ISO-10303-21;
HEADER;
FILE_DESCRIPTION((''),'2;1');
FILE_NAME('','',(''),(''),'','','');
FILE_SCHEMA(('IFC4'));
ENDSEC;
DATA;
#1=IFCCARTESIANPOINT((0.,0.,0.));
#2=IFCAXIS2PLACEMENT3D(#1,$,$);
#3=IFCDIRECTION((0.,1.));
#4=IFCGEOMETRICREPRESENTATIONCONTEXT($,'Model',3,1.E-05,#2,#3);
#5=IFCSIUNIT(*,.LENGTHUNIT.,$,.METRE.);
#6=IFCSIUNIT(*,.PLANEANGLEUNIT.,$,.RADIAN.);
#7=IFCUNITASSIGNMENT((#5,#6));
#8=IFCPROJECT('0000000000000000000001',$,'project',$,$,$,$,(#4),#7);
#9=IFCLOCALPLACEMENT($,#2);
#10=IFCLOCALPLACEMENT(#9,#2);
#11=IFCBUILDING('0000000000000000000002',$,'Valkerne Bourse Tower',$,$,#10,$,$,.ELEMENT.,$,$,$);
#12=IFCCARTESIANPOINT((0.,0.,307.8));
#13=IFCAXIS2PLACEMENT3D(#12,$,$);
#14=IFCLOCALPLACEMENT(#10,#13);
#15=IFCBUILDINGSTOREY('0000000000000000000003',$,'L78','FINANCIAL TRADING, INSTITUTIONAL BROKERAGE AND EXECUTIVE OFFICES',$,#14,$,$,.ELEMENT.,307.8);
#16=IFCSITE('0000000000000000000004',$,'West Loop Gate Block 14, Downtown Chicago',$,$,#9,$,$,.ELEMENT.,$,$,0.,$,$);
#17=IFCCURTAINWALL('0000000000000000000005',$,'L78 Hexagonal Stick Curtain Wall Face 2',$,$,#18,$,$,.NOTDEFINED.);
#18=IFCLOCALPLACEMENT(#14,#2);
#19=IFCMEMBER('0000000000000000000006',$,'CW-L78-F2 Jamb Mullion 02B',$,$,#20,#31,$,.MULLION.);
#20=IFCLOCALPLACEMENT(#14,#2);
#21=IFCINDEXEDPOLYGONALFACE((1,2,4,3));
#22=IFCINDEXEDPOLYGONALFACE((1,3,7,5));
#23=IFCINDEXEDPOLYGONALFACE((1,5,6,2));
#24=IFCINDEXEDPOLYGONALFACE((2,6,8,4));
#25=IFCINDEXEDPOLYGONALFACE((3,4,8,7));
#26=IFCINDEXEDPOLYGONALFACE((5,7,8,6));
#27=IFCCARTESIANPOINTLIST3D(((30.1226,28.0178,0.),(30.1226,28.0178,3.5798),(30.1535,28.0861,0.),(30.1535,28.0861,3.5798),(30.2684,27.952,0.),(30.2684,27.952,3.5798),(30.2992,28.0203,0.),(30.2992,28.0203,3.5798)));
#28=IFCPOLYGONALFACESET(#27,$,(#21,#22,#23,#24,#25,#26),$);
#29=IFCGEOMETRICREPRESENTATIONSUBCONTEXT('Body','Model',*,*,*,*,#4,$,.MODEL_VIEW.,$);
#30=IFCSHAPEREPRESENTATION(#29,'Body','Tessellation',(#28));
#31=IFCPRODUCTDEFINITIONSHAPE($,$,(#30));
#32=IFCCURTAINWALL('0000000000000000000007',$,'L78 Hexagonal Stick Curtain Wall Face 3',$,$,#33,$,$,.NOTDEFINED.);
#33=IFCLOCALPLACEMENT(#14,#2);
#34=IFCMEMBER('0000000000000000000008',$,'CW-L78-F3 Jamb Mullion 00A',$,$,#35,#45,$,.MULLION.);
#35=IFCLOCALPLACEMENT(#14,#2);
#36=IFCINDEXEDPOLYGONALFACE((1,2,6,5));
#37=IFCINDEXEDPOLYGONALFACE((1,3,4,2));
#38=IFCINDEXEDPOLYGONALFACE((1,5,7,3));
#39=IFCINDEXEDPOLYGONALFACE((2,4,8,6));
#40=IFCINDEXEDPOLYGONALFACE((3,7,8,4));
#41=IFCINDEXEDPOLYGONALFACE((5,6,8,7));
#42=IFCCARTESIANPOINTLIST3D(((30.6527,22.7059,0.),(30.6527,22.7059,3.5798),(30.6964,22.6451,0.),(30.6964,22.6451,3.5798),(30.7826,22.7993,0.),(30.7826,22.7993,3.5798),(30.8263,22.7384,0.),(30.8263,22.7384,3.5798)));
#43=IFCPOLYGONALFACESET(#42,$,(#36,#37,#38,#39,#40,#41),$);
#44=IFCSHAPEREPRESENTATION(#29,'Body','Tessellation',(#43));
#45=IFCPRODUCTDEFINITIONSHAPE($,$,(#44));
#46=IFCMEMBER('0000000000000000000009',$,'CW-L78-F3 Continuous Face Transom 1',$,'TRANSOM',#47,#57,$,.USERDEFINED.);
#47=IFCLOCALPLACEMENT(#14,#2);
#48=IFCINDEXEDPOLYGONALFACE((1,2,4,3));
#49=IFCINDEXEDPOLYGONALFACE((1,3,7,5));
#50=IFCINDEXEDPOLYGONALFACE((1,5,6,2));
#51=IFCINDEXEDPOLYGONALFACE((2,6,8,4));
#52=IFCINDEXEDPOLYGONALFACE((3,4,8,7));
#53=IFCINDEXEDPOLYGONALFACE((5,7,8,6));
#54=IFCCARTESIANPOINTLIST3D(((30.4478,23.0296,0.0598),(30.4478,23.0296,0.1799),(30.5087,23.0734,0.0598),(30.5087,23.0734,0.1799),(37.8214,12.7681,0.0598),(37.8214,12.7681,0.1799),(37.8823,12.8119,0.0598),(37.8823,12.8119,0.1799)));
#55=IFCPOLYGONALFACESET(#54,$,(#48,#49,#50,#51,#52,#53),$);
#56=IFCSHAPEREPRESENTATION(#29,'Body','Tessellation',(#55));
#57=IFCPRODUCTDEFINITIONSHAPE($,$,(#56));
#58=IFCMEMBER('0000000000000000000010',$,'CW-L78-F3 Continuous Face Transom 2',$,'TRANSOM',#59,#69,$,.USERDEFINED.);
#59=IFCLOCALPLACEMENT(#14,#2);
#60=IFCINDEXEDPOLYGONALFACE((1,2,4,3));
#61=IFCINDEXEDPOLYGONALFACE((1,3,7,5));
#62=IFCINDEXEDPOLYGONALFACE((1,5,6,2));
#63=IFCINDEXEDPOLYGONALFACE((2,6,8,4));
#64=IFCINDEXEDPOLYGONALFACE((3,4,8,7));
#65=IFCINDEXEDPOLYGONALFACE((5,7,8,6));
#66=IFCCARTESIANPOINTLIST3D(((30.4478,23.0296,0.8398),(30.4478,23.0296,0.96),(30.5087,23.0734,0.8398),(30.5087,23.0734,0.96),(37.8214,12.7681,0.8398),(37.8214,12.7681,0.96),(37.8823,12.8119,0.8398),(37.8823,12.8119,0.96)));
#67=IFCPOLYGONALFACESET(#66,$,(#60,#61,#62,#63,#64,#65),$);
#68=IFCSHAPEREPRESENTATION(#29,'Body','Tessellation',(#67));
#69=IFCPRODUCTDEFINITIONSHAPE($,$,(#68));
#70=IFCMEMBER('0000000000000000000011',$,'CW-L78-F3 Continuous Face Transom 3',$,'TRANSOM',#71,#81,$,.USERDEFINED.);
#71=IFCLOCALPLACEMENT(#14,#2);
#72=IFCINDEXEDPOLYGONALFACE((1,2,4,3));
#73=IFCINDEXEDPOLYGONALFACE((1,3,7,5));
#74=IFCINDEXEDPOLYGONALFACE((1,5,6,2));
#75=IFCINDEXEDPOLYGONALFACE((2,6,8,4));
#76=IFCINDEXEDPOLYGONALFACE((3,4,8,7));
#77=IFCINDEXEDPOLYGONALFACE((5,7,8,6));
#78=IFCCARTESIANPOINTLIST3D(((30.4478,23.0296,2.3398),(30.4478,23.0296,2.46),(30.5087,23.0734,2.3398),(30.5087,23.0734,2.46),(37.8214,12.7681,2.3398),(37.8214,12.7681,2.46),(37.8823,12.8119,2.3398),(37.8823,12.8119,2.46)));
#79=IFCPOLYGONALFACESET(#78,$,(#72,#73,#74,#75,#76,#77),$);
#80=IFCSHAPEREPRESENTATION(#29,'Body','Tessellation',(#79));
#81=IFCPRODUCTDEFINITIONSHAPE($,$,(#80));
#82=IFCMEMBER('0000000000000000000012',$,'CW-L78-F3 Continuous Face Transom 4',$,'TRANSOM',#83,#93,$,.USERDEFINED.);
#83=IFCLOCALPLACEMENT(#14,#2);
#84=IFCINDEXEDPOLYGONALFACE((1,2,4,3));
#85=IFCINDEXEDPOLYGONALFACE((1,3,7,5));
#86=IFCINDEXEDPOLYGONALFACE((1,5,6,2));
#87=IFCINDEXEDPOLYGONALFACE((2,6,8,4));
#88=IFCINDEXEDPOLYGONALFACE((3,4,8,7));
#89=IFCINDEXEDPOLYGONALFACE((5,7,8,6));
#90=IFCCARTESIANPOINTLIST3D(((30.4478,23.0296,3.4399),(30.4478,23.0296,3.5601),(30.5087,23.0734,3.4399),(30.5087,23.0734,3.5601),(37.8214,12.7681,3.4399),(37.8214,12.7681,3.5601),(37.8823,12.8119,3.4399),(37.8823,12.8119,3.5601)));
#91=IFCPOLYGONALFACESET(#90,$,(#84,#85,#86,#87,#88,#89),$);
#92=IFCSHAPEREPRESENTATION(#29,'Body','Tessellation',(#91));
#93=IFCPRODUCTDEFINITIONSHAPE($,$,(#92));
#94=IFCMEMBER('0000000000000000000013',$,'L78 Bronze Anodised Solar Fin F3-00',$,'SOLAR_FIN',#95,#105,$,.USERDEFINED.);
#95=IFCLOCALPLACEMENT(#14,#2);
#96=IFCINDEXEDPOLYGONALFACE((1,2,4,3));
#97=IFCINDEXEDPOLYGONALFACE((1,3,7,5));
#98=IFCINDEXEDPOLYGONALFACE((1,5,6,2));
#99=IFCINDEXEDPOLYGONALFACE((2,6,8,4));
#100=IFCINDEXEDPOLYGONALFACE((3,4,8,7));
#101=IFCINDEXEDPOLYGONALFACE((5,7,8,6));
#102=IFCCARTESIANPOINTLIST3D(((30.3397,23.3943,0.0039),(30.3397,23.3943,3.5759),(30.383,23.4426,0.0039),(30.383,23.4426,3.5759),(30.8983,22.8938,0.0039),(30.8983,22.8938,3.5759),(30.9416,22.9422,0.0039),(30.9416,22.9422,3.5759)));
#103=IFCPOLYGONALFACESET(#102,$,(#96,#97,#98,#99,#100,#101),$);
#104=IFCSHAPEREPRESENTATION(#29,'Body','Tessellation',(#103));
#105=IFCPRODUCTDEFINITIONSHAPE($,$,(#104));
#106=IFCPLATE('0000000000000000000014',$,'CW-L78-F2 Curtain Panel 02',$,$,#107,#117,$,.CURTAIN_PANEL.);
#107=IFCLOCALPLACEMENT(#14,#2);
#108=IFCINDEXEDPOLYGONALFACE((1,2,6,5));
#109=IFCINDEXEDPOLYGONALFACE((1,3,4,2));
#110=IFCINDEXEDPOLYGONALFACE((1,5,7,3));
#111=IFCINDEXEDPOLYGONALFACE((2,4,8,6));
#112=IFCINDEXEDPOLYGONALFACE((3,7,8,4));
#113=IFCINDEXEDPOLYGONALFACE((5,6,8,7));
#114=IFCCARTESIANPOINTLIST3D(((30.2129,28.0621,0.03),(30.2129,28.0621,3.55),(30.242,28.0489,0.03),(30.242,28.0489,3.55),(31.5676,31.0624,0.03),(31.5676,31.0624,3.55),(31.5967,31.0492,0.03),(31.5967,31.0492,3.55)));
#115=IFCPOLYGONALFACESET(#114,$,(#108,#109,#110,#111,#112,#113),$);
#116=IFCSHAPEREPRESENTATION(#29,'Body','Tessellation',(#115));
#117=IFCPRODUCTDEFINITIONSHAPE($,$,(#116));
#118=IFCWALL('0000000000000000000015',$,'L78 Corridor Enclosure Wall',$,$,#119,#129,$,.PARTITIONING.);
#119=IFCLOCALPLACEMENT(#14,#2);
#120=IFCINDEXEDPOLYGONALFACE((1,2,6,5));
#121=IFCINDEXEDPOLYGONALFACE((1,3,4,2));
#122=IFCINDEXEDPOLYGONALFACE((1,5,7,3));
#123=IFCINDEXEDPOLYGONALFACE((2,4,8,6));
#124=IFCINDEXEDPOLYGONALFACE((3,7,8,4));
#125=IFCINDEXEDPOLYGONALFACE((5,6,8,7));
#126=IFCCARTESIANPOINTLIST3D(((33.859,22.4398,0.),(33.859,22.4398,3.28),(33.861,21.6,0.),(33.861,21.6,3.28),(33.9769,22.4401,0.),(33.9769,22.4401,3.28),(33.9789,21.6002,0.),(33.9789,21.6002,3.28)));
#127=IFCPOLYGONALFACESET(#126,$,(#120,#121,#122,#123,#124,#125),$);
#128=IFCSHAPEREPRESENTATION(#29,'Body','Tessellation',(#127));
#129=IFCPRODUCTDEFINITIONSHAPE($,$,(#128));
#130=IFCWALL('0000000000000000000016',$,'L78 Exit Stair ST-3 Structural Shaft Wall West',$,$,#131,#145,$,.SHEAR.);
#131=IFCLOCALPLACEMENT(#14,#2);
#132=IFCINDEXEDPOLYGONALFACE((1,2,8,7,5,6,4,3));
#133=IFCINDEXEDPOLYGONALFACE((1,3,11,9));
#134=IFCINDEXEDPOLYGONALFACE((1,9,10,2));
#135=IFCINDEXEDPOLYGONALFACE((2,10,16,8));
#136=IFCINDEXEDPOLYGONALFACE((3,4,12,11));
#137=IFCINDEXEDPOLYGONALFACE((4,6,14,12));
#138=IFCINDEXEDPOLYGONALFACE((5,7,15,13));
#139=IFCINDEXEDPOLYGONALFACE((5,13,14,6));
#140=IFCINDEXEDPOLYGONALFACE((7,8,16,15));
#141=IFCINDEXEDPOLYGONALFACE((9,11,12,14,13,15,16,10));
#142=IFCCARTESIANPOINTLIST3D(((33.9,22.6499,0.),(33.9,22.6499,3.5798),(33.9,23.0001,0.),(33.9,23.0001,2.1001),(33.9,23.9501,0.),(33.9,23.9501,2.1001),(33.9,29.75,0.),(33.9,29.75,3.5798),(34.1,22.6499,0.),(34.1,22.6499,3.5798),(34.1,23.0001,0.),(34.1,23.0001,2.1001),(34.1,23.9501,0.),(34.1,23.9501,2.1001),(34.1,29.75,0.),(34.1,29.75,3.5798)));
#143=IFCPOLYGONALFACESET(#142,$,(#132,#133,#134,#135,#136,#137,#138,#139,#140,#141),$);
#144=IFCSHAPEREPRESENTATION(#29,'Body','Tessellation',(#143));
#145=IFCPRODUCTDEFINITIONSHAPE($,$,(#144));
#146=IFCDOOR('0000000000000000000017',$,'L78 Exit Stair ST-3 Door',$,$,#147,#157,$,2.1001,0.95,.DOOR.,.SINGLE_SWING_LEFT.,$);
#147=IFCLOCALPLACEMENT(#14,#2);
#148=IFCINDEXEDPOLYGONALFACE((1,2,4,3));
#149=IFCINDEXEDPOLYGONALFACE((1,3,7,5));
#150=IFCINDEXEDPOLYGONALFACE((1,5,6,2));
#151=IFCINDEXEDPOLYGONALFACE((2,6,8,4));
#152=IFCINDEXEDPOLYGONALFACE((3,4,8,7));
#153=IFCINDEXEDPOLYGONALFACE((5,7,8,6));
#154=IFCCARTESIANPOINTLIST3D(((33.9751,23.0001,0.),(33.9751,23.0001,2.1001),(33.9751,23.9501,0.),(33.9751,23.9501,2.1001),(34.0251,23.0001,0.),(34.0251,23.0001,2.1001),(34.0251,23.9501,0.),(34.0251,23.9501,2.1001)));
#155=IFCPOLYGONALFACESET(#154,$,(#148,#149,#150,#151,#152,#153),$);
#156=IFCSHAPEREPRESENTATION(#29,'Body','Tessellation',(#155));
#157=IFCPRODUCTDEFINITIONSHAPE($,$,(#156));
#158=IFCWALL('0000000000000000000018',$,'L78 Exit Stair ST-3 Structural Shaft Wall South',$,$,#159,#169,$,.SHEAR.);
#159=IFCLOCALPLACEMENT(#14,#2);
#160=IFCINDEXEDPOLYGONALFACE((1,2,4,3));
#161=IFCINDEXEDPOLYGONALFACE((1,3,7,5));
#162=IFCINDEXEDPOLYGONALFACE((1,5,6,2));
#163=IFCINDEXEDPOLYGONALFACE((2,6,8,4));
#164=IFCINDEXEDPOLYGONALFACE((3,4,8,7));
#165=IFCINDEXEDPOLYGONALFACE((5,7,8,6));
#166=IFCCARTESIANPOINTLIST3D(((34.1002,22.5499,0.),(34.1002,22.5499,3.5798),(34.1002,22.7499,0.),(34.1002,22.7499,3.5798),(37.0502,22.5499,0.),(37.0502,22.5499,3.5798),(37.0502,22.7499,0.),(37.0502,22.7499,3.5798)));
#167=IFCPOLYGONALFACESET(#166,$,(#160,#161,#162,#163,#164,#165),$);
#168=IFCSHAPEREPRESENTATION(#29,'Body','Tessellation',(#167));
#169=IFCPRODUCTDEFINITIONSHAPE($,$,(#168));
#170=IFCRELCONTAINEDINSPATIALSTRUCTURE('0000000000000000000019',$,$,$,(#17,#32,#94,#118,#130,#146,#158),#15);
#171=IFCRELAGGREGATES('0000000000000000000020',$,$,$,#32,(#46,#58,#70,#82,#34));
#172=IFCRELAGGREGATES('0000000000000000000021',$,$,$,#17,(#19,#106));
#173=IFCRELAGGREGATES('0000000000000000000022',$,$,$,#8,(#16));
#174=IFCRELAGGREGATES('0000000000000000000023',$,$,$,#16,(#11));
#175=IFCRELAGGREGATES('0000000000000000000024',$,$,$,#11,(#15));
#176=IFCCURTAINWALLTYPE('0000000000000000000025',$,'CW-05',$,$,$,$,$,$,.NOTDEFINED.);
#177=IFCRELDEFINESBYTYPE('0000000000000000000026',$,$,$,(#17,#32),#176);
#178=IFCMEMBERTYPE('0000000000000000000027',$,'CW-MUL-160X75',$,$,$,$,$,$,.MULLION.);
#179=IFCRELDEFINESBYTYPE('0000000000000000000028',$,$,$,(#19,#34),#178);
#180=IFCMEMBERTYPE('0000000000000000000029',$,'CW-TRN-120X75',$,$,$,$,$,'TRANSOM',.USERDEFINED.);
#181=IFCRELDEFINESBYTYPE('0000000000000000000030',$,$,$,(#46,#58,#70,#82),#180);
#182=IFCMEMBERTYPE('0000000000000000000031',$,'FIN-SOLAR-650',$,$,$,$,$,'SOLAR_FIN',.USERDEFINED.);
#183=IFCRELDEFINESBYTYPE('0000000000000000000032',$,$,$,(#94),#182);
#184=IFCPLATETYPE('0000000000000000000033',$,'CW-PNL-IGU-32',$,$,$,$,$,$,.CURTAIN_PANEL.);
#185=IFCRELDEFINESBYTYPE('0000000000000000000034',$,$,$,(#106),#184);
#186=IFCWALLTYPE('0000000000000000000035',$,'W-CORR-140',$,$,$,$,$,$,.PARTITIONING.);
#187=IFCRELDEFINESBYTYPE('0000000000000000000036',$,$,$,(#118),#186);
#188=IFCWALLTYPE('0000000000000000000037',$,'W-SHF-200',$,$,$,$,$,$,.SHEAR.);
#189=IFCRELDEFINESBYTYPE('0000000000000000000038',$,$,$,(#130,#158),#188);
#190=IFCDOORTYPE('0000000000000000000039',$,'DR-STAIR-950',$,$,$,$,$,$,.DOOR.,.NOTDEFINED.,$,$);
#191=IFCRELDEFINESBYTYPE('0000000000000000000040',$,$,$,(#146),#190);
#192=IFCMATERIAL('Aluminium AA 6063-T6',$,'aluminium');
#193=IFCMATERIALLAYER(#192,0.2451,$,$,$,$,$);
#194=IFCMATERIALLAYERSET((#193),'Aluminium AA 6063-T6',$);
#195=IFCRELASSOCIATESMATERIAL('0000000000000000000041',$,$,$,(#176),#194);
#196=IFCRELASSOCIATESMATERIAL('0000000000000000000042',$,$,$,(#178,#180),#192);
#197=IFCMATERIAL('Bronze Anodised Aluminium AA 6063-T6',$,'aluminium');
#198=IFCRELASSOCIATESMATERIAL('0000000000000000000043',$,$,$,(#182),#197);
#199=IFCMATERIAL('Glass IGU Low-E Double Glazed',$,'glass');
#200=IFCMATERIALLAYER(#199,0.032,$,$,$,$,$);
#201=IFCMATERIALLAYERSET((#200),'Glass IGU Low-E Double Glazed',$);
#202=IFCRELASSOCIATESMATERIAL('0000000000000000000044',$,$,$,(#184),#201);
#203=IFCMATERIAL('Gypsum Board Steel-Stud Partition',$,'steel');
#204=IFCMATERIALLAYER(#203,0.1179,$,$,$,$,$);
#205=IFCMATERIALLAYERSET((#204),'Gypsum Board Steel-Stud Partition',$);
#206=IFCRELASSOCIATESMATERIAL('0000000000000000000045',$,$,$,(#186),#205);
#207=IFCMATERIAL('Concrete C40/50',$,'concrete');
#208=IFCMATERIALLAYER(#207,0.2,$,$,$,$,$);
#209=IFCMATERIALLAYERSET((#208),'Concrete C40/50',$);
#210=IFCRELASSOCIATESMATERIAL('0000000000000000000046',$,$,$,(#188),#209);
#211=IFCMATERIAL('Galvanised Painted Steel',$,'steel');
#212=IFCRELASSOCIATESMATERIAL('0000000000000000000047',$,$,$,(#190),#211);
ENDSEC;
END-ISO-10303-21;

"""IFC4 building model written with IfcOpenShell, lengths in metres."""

from ifc_helpers import new_model, si_unit, direction, frame, frame_2d, origin, origin_2d, place, context, subcontext, project, spatial, rectangle, extrude, material, layer, layer_set, material_profile, profile_set, type_object, element, fill, aggregate, save


model = new_model("IFC4")

# Units and contexts
model_context = context("Model", 3, precision=1e-05, world=origin(), true_north=direction((0.0, 1.0)))
body_context = subcontext(model_context, "Body", "Model", "MODEL_VIEW")
ifc_project = project(units=[si_unit("LENGTHUNIT", "METRE"), si_unit("PLANEANGLEUNIT", "RADIAN")], contexts=[model_context])

# Site, building, storey
site_placement = place(None, origin())
site = spatial("IfcSite", under=ifc_project, at=site_placement, Name="West Loop Gate Block 14, Downtown Chicago", CompositionType="ELEMENT", RefElevation=0.0)
building_placement = place(site_placement, origin())
building = spatial("IfcBuilding", under=site, at=building_placement, Name="Valkerne Bourse Tower", CompositionType="ELEMENT")
storey_placement = place(building_placement, frame((0.0, 0.0, 307.8)))
storey = spatial("IfcBuildingStorey", under=building, at=storey_placement, Name="L78", Description="FINANCIAL TRADING, INSTITUTIONAL BROKERAGE AND EXECUTIVE OFFICES", CompositionType="ELEMENT", Elevation=307.8)

# Curtain wall, member
ifc_material_1 = material(Name="Aluminium AA 6063-T6", Category="aluminium")
ifc_layer_1 = layer(ifc_material_1, 0.2451)
ifc_layer_set_1 = layer_set([ifc_layer_1], Name="Aluminium AA 6063-T6")
curtain_wall_type = type_object("IfcCurtainWallType", Name="CW-05", PredefinedType="NOTDEFINED", material=ifc_layer_set_1)
curtain_wall_1_placement = place(storey_placement, origin())
curtain_wall_1 = element("IfcCurtainWall", 1, at=curtain_wall_1_placement, inside=storey, type_object=curtain_wall_type, Name="L78 Hexagonal Stick Curtain Wall Face 2", PredefinedType="NOTDEFINED")
ifc_material_profile_1 = material_profile(ifc_material_1, rectangle(XDim=0.075, YDim=0.1599, at=origin_2d()), Name="CWM-75X160")
ifc_profile_set_1 = profile_set([ifc_material_profile_1], Name="Aluminium AA 6063-T6")
member_type_1 = type_object("IfcMemberType", Name="CW-MUL-160X75", PredefinedType="MULLION", material=ifc_profile_set_1)
member_1_placement = place(storey_placement, frame((30.2109, 28.019, 0.0), z_axis=(0.0, 0.0, 1.0), x_axis=(-0.411517, -0.911402, 0.0)))
member_1 = element("IfcMember", 2, at=member_1_placement, type_object=member_type_1, Name="CW-L78-F2 Jamb Mullion 02B", PredefinedType="MULLION", context=body_context, shape_type="SweptSolid", body=[
    extrude(rectangle(XDim=0.075, YDim=0.1599, at=origin_2d()), origin(), (0.0, 0.0, 1.0), 3.5798),
])

# Curtain wall, members
curtain_wall_2_placement = place(storey_placement, origin())
curtain_wall_2 = element("IfcCurtainWall", 3, at=curtain_wall_2_placement, inside=storey, type_object=curtain_wall_type, Name="L78 Hexagonal Stick Curtain Wall Face 3", PredefinedType="NOTDEFINED")
member_2_placement = place(storey_placement, frame((30.7395, 22.7222, 0.0), z_axis=(0.0, 0.0, 1.0), x_axis=(0.583556, -0.812073, 0.0)))
member_2 = element("IfcMember", 4, at=member_2_placement, type_object=member_type_1, Name="CW-L78-F3 Jamb Mullion 00A", PredefinedType="MULLION", context=body_context, shape_type="SweptSolid", body=[
    extrude(rectangle(XDim=0.075, YDim=0.1599, at=origin_2d()), origin(), (0.0, 0.0, 1.0), 3.5798),
])
ifc_material_profile_2 = material_profile(ifc_material_1, rectangle(XDim=0.075, YDim=0.1201, at=origin_2d()), Name="CWT-75X120")
ifc_profile_set_2 = profile_set([ifc_material_profile_2], Name="Aluminium AA 6063-T6")
member_type_2 = type_object("IfcMemberType", Name="CW-TRN-120X75", ElementType="TRANSOM", PredefinedType="USERDEFINED", material=ifc_profile_set_2)
member_3_placement = place(storey_placement, frame((30.4783, 23.0515, 0.1199), z_axis=(0.583537, -0.812087, 0.0), x_axis=(0.812087, 0.583537, 0.0)))
member_3 = element("IfcMember", 5, at=member_3_placement, type_object=member_type_2, Name="CW-L78-F3 Continuous Face Transom 1", ObjectType="TRANSOM", PredefinedType="USERDEFINED", context=body_context, shape_type="SweptSolid", body=[
    extrude(rectangle(XDim=0.075, YDim=0.1201, at=origin_2d()), origin(), (0.0, 0.0, 1.0), 12.636),
])
member_4_placement = place(storey_placement, frame((30.4783, 23.0515, 0.8999), z_axis=(0.583537, -0.812087, 0.0), x_axis=(0.812087, 0.583537, 0.0)))
member_4 = element("IfcMember", 6, at=member_4_placement, type_object=member_type_2, Name="CW-L78-F3 Continuous Face Transom 2", ObjectType="TRANSOM", PredefinedType="USERDEFINED", context=body_context, shape_type="SweptSolid", body=[
    extrude(rectangle(XDim=0.075, YDim=0.1201, at=origin_2d()), origin(), (0.0, 0.0, 1.0), 12.636),
])
member_5_placement = place(storey_placement, frame((30.4783, 23.0515, 2.3999), z_axis=(0.583537, -0.812087, 0.0), x_axis=(0.812087, 0.583537, 0.0)))
member_5 = element("IfcMember", 7, at=member_5_placement, type_object=member_type_2, Name="CW-L78-F3 Continuous Face Transom 3", ObjectType="TRANSOM", PredefinedType="USERDEFINED", context=body_context, shape_type="SweptSolid", body=[
    extrude(rectangle(XDim=0.075, YDim=0.1201, at=origin_2d()), origin(), (0.0, 0.0, 1.0), 12.636),
])
member_6_placement = place(storey_placement, frame((30.4783, 23.0515, 3.5), z_axis=(0.583537, -0.812087, 0.0), x_axis=(0.812087, 0.583537, 0.0)))
member_6 = element("IfcMember", 8, at=member_6_placement, type_object=member_type_2, Name="CW-L78-F3 Continuous Face Transom 4", ObjectType="TRANSOM", PredefinedType="USERDEFINED", context=body_context, shape_type="SweptSolid", body=[
    extrude(rectangle(XDim=0.075, YDim=0.1201, at=origin_2d()), origin(), (0.0, 0.0, 1.0), 12.636),
])
aggregate(curtain_wall_2, [member_3, member_4, member_5, member_6, member_2])

# Member
ifc_material_2 = material(Name="Bronze Anodised Aluminium AA 6063-T6", Category="aluminium")
ifc_material_profile_3 = material_profile(ifc_material_2, rectangle(XDim=0.0649, YDim=0.75, at=origin_2d()), Name="FIN-65X750")
ifc_profile_set_3 = profile_set([ifc_material_profile_3], Name="Bronze Anodised Aluminium AA 6063-T6")
member_type_3 = type_object("IfcMemberType", Name="FIN-SOLAR-650", ElementType="SOLAR_FIN", PredefinedType="USERDEFINED", material=ifc_profile_set_3)
member_7_placement = place(storey_placement, frame((30.6406, 23.1682, 0.0039), z_axis=(0.0, 0.0, 1.0), x_axis=(-0.66729, -0.744798, 0.0)))
element("IfcMember", 9, at=member_7_placement, inside=storey, type_object=member_type_3, Name="L78 Bronze Anodised Solar Fin F3-00", ObjectType="SOLAR_FIN", PredefinedType="USERDEFINED", context=body_context, shape_type="SweptSolid", body=[
    extrude(rectangle(XDim=0.0649, YDim=0.75, at=origin_2d()), origin(), (0.0, 0.0, 1.0), 3.572),
])

# Plate
ifc_material_3 = material(Name="Glass IGU Low-E Double Glazed", Category="glass")
ifc_layer_2 = layer(ifc_material_3, 0.032)
ifc_layer_set_2 = layer_set([ifc_layer_2], Name="Glass IGU Low-E Double Glazed")
plate_type = type_object("IfcPlateType", Name="CW-PNL-IGU-32", PredefinedType="CURTAIN_PANEL", material=ifc_layer_set_2)
plate_placement = place(storey_placement, frame((30.9048, 29.5557, 0.03), z_axis=(0.0, 0.0, 1.0), x_axis=(-0.411517, -0.911402, 0.0)))
plate = element("IfcPlate", 10, at=plate_placement, type_object=plate_type, Name="CW-L78-F2 Curtain Panel 02", PredefinedType="CURTAIN_PANEL", context=body_context, shape_type="SweptSolid", body=[
    extrude(rectangle(XDim=3.292, YDim=0.032, at=origin_2d()), origin(), (0.0, 0.0, 1.0), 3.52),
])
aggregate(curtain_wall_1, [member_1, plate])

# Wall
ifc_material_4 = material(Name="Gypsum Board Steel-Stud Partition", Category="steel")
ifc_layer_3 = layer(ifc_material_4, 0.1179)
ifc_layer_set_3 = layer_set([ifc_layer_3], Name="Gypsum Board Steel-Stud Partition")
wall_type_1 = type_object("IfcWallType", Name="W-CORR-140", PredefinedType="PARTITIONING", material=ifc_layer_set_3)
wall_1_placement = place(storey_placement, frame((33.918, 22.4399, 0.0), z_axis=(0.0, 0.0, 1.0), x_axis=(0.002326, -0.999997, 0.0)))
element("IfcWall", 11, at=wall_1_placement, inside=storey, type_object=wall_type_1, Name="L78 Corridor Enclosure Wall", PredefinedType="PARTITIONING", context=body_context, shape_type="SweptSolid", body=[
    extrude(rectangle(XDim=0.8398, YDim=0.1179, at=frame_2d((0.4199, 0.0))), origin(), (0.0, 0.0, 1.0), 3.28),
])

# Wall, opening, door
ifc_material_5 = material(Name="Concrete C40/50", Category="concrete")
ifc_layer_4 = layer(ifc_material_5, 0.2)
ifc_layer_set_4 = layer_set([ifc_layer_4], Name="Concrete C40/50")
wall_type_2 = type_object("IfcWallType", Name="W-SHF-200", PredefinedType="SHEAR", material=ifc_layer_set_4)
wall_2_placement = place(storey_placement, frame((34.0, 22.6499, 0.0), z_axis=(0.0, 0.0, 1.0), x_axis=(0.0, 1.0, 0.0)))
wall_2 = element("IfcWall", 12, at=wall_2_placement, inside=storey, type_object=wall_type_2, Name="L78 Exit Stair ST-3 Structural Shaft Wall West", PredefinedType="SHEAR", context=body_context, shape_type="SweptSolid", body=[
    extrude(rectangle(XDim=7.1001, YDim=0.2, at=frame_2d((3.55, 0.0))), origin(), (0.0, 0.0, 1.0), 3.5798),
])
opening_placement = place(wall_2_placement, frame((0.3501, 0.0, 0.0)))
opening = element("IfcOpeningElement", 13, at=opening_placement, cuts=wall_2, PredefinedType="OPENING", context=body_context, shape_type="SweptSolid", body=[
    extrude(rectangle(XDim=0.95, YDim=2.1001, at=frame_2d((0.4751, 1.05))), frame((0.0, 0.1099, 0.0), z_axis=(0.0, -1.0, 0.0), x_axis=(1.0, 0.0, 0.0)), (0.0, 0.0, 1.0), 0.22),
])
ifc_material_6 = material(Name="Galvanised Painted Steel", Category="steel")
door_type = type_object("IfcDoorType", Name="DR-STAIR-950", OperationType="NOTDEFINED", PredefinedType="DOOR", material=ifc_material_6)
door_placement = place(opening_placement, origin())
door = element("IfcDoor", 14, at=door_placement, inside=storey, type_object=door_type, Name="L78 Exit Stair ST-3 Door", OperationType="SINGLE_SWING_LEFT", OverallHeight=2.1001, OverallWidth=0.95, PredefinedType="DOOR", context=body_context, shape_type="SweptSolid", body=[
    extrude(rectangle(XDim=0.95, YDim=2.1001, at=frame_2d((0.4751, 1.05))), frame((0.0, 0.0249, 0.0), z_axis=(0.0, -1.0, 0.0), x_axis=(1.0, 0.0, 0.0)), (0.0, 0.0, 1.0), 0.05),
])
fill(opening, door)

# Wall
wall_3_placement = place(storey_placement, frame((34.1001, 22.6499, 0.0), z_axis=(0.0, 0.0, 1.0), x_axis=(1.0, 0.0, 0.0)))
element("IfcWall", 15, at=wall_3_placement, inside=storey, type_object=wall_type_2, Name="L78 Exit Stair ST-3 Structural Shaft Wall South", PredefinedType="SHEAR", context=body_context, shape_type="SweptSolid", body=[
    extrude(rectangle(XDim=2.95, YDim=0.2, at=frame_2d((1.4751, 0.0))), origin(), (0.0, 0.0, 1.0), 3.5798),
])

save(model, "model.ifc")
